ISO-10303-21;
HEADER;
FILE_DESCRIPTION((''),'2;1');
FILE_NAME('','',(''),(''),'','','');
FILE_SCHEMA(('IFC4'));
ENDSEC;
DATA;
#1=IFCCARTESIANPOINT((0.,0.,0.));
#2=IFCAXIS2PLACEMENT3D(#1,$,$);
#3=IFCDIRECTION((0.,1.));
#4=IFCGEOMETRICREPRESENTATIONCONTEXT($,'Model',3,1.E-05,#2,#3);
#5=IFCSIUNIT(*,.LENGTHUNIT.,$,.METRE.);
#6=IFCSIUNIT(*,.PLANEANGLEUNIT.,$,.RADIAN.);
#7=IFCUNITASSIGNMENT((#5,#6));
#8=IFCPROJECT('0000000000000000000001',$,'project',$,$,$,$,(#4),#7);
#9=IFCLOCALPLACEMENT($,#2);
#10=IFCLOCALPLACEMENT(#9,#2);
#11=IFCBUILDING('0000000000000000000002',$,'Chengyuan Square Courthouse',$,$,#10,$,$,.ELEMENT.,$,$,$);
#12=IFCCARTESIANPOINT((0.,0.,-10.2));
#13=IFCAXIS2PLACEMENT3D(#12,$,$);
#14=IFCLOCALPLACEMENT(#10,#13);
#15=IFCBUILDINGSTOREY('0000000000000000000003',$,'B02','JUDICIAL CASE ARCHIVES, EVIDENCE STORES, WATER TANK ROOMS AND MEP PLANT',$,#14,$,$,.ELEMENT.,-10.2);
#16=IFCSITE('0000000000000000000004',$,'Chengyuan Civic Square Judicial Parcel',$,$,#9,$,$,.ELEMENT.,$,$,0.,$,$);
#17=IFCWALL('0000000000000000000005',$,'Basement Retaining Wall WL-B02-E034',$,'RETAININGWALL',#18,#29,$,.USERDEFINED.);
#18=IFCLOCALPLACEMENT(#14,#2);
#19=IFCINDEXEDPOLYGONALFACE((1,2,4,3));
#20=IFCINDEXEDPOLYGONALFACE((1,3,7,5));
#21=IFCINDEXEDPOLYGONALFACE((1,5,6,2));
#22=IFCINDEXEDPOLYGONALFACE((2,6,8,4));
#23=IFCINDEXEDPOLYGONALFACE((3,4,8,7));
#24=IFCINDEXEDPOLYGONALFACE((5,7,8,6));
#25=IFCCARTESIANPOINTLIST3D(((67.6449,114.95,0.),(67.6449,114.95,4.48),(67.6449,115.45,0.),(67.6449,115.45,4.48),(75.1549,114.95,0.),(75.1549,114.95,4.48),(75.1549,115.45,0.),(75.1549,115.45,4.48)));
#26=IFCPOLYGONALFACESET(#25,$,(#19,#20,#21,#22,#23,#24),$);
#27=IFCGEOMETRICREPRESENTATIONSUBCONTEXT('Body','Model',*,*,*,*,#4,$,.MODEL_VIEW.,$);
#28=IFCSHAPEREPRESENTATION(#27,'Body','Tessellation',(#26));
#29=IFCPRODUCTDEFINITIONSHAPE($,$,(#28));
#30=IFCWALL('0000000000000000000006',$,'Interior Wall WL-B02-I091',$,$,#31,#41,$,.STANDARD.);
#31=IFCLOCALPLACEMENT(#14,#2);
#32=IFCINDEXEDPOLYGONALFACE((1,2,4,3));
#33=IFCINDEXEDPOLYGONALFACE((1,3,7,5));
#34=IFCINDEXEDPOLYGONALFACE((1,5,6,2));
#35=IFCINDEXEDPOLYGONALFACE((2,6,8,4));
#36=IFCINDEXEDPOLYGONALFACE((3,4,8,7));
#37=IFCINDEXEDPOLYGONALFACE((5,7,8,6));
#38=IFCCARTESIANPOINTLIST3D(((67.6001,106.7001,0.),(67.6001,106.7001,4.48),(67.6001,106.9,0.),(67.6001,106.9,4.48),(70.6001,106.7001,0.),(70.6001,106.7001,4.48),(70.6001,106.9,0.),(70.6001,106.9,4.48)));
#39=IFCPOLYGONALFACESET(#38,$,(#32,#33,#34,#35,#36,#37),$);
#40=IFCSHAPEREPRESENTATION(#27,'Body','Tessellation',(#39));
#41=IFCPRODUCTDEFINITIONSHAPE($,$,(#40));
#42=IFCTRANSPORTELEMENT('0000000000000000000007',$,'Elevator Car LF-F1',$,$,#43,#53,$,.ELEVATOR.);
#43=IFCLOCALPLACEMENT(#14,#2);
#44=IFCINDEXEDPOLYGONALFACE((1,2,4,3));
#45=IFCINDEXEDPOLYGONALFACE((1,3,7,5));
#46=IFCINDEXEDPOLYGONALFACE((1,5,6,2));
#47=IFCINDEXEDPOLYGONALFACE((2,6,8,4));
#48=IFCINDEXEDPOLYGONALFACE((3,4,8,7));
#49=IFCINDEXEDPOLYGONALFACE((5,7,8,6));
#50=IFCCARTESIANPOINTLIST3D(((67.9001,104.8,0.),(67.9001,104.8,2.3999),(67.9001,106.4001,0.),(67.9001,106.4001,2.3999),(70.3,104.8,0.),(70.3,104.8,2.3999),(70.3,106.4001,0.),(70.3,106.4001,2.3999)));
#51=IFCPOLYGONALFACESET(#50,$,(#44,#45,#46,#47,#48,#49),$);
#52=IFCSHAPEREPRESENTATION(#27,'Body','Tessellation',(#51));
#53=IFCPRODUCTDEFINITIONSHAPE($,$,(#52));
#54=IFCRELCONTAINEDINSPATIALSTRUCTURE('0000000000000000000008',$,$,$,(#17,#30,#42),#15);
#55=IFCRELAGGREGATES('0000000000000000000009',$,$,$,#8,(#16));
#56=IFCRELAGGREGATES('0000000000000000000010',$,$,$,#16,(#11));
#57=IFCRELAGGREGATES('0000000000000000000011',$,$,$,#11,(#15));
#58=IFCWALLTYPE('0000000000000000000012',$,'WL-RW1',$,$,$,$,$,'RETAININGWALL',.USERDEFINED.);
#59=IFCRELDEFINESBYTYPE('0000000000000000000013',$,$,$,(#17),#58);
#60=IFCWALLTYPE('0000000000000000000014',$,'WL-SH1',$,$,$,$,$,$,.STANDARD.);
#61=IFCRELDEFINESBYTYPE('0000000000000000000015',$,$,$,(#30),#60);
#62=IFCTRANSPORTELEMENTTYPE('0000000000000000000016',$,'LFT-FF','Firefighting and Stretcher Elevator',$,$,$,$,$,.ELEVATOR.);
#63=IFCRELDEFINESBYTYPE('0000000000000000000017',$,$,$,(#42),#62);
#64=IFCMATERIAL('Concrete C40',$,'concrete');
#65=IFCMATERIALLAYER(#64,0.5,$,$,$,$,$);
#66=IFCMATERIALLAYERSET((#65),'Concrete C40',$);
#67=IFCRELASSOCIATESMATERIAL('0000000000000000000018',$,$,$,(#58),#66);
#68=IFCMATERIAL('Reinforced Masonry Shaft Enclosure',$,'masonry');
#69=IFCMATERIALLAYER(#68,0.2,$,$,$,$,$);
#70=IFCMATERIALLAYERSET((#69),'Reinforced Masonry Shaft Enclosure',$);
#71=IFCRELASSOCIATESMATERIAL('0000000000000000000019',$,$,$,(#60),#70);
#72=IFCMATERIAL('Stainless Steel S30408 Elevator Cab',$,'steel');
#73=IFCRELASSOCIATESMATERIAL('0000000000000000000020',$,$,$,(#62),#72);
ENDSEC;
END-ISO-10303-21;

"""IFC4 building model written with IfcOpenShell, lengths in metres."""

from ifc_helpers import new_model, si_unit, direction, frame, frame_2d, origin, origin_2d, place, context, subcontext, project, spatial, rectangle, extrude, material, layer, layer_set, type_object, element, save


model = new_model("IFC4")

# Units and contexts
model_context = context("Model", 3, precision=1e-05, world=origin(), true_north=direction((0.0, 1.0)))
body_context = subcontext(model_context, "Body", "Model", "MODEL_VIEW")
ifc_project = project(units=[si_unit("LENGTHUNIT", "METRE"), si_unit("PLANEANGLEUNIT", "RADIAN")], contexts=[model_context])

# Site, building, storey
site_placement = place(None, origin())
site = spatial("IfcSite", under=ifc_project, at=site_placement, Name="Chengyuan Civic Square Judicial Parcel", CompositionType="ELEMENT", RefElevation=0.0)
building_placement = place(site_placement, origin())
building = spatial("IfcBuilding", under=site, at=building_placement, Name="Chengyuan Square Courthouse", CompositionType="ELEMENT")
storey_placement = place(building_placement, frame((0.0, 0.0, -10.2)))
storey = spatial("IfcBuildingStorey", under=building, at=storey_placement, Name="B02", Description="JUDICIAL CASE ARCHIVES, EVIDENCE STORES, WATER TANK ROOMS AND MEP PLANT", CompositionType="ELEMENT", Elevation=-10.2)

# Shared definitions
ifc_material_1 = material(Name="Concrete C40", Category="concrete")

# Walls
ifc_layer_1 = layer(ifc_material_1, 0.5)
ifc_layer_set_1 = layer_set([ifc_layer_1], Name="Concrete C40")
wall_type_1 = type_object("IfcWallType", Name="WL-RW1", ElementType="RETAININGWALL", PredefinedType="USERDEFINED", material=ifc_layer_set_1)
wall_1_placement = place(storey_placement, frame((67.645, 115.2, 0.0), z_axis=(0.0, 0.0, 1.0), x_axis=(1.0, 0.0, 0.0)))
element("IfcWall", 1, at=wall_1_placement, inside=storey, type_object=wall_type_1, Name="Basement Retaining Wall WL-B02-E034", ObjectType="RETAININGWALL", PredefinedType="USERDEFINED", context=body_context, shape_type="SweptSolid", body=[
    extrude(rectangle(XDim=7.51, YDim=0.5, at=frame_2d((3.7549, 0.0))), origin(), (0.0, 0.0, 1.0), 4.48),
])
ifc_material_2 = material(Name="Reinforced Masonry Shaft Enclosure", Category="masonry")
ifc_layer_2 = layer(ifc_material_2, 0.2)
ifc_layer_set_2 = layer_set([ifc_layer_2], Name="Reinforced Masonry Shaft Enclosure")
wall_type_2 = type_object("IfcWallType", Name="WL-SH1", PredefinedType="STANDARD", material=ifc_layer_set_2)
wall_2_placement = place(storey_placement, frame((67.6001, 106.8, 0.0), z_axis=(0.0, 0.0, 1.0), x_axis=(1.0, 0.0, 0.0)))
element("IfcWall", 2, at=wall_2_placement, inside=storey, type_object=wall_type_2, Name="Interior Wall WL-B02-I091", PredefinedType="STANDARD", context=body_context, shape_type="SweptSolid", body=[
    extrude(rectangle(XDim=3.0, YDim=0.2, at=frame_2d((1.5, 0.0))), origin(), (0.0, 0.0, 1.0), 4.48),
])

# Transport element
ifc_material_3 = material(Name="Stainless Steel S30408 Elevator Cab", Category="steel")
transport_element_type = type_object("IfcTransportElementType", Name="LFT-FF", Description="Firefighting and Stretcher Elevator", PredefinedType="ELEVATOR", material=ifc_material_3)
transport_element_placement = place(storey_placement, frame((69.1001, 105.6001, 0.0), z_axis=(0.0, 0.0, 1.0), x_axis=(1.0, 0.0, 0.0)))
element("IfcTransportElement", 3, at=transport_element_placement, inside=storey, type_object=transport_element_type, Name="Elevator Car LF-F1", PredefinedType="ELEVATOR", context=body_context, shape_type="SweptSolid", body=[
    extrude(rectangle(XDim=2.3999, YDim=1.6001, at=origin_2d()), origin(), (0.0, 0.0, 1.0), 2.3999),
])

save(model, "model.ifc")
